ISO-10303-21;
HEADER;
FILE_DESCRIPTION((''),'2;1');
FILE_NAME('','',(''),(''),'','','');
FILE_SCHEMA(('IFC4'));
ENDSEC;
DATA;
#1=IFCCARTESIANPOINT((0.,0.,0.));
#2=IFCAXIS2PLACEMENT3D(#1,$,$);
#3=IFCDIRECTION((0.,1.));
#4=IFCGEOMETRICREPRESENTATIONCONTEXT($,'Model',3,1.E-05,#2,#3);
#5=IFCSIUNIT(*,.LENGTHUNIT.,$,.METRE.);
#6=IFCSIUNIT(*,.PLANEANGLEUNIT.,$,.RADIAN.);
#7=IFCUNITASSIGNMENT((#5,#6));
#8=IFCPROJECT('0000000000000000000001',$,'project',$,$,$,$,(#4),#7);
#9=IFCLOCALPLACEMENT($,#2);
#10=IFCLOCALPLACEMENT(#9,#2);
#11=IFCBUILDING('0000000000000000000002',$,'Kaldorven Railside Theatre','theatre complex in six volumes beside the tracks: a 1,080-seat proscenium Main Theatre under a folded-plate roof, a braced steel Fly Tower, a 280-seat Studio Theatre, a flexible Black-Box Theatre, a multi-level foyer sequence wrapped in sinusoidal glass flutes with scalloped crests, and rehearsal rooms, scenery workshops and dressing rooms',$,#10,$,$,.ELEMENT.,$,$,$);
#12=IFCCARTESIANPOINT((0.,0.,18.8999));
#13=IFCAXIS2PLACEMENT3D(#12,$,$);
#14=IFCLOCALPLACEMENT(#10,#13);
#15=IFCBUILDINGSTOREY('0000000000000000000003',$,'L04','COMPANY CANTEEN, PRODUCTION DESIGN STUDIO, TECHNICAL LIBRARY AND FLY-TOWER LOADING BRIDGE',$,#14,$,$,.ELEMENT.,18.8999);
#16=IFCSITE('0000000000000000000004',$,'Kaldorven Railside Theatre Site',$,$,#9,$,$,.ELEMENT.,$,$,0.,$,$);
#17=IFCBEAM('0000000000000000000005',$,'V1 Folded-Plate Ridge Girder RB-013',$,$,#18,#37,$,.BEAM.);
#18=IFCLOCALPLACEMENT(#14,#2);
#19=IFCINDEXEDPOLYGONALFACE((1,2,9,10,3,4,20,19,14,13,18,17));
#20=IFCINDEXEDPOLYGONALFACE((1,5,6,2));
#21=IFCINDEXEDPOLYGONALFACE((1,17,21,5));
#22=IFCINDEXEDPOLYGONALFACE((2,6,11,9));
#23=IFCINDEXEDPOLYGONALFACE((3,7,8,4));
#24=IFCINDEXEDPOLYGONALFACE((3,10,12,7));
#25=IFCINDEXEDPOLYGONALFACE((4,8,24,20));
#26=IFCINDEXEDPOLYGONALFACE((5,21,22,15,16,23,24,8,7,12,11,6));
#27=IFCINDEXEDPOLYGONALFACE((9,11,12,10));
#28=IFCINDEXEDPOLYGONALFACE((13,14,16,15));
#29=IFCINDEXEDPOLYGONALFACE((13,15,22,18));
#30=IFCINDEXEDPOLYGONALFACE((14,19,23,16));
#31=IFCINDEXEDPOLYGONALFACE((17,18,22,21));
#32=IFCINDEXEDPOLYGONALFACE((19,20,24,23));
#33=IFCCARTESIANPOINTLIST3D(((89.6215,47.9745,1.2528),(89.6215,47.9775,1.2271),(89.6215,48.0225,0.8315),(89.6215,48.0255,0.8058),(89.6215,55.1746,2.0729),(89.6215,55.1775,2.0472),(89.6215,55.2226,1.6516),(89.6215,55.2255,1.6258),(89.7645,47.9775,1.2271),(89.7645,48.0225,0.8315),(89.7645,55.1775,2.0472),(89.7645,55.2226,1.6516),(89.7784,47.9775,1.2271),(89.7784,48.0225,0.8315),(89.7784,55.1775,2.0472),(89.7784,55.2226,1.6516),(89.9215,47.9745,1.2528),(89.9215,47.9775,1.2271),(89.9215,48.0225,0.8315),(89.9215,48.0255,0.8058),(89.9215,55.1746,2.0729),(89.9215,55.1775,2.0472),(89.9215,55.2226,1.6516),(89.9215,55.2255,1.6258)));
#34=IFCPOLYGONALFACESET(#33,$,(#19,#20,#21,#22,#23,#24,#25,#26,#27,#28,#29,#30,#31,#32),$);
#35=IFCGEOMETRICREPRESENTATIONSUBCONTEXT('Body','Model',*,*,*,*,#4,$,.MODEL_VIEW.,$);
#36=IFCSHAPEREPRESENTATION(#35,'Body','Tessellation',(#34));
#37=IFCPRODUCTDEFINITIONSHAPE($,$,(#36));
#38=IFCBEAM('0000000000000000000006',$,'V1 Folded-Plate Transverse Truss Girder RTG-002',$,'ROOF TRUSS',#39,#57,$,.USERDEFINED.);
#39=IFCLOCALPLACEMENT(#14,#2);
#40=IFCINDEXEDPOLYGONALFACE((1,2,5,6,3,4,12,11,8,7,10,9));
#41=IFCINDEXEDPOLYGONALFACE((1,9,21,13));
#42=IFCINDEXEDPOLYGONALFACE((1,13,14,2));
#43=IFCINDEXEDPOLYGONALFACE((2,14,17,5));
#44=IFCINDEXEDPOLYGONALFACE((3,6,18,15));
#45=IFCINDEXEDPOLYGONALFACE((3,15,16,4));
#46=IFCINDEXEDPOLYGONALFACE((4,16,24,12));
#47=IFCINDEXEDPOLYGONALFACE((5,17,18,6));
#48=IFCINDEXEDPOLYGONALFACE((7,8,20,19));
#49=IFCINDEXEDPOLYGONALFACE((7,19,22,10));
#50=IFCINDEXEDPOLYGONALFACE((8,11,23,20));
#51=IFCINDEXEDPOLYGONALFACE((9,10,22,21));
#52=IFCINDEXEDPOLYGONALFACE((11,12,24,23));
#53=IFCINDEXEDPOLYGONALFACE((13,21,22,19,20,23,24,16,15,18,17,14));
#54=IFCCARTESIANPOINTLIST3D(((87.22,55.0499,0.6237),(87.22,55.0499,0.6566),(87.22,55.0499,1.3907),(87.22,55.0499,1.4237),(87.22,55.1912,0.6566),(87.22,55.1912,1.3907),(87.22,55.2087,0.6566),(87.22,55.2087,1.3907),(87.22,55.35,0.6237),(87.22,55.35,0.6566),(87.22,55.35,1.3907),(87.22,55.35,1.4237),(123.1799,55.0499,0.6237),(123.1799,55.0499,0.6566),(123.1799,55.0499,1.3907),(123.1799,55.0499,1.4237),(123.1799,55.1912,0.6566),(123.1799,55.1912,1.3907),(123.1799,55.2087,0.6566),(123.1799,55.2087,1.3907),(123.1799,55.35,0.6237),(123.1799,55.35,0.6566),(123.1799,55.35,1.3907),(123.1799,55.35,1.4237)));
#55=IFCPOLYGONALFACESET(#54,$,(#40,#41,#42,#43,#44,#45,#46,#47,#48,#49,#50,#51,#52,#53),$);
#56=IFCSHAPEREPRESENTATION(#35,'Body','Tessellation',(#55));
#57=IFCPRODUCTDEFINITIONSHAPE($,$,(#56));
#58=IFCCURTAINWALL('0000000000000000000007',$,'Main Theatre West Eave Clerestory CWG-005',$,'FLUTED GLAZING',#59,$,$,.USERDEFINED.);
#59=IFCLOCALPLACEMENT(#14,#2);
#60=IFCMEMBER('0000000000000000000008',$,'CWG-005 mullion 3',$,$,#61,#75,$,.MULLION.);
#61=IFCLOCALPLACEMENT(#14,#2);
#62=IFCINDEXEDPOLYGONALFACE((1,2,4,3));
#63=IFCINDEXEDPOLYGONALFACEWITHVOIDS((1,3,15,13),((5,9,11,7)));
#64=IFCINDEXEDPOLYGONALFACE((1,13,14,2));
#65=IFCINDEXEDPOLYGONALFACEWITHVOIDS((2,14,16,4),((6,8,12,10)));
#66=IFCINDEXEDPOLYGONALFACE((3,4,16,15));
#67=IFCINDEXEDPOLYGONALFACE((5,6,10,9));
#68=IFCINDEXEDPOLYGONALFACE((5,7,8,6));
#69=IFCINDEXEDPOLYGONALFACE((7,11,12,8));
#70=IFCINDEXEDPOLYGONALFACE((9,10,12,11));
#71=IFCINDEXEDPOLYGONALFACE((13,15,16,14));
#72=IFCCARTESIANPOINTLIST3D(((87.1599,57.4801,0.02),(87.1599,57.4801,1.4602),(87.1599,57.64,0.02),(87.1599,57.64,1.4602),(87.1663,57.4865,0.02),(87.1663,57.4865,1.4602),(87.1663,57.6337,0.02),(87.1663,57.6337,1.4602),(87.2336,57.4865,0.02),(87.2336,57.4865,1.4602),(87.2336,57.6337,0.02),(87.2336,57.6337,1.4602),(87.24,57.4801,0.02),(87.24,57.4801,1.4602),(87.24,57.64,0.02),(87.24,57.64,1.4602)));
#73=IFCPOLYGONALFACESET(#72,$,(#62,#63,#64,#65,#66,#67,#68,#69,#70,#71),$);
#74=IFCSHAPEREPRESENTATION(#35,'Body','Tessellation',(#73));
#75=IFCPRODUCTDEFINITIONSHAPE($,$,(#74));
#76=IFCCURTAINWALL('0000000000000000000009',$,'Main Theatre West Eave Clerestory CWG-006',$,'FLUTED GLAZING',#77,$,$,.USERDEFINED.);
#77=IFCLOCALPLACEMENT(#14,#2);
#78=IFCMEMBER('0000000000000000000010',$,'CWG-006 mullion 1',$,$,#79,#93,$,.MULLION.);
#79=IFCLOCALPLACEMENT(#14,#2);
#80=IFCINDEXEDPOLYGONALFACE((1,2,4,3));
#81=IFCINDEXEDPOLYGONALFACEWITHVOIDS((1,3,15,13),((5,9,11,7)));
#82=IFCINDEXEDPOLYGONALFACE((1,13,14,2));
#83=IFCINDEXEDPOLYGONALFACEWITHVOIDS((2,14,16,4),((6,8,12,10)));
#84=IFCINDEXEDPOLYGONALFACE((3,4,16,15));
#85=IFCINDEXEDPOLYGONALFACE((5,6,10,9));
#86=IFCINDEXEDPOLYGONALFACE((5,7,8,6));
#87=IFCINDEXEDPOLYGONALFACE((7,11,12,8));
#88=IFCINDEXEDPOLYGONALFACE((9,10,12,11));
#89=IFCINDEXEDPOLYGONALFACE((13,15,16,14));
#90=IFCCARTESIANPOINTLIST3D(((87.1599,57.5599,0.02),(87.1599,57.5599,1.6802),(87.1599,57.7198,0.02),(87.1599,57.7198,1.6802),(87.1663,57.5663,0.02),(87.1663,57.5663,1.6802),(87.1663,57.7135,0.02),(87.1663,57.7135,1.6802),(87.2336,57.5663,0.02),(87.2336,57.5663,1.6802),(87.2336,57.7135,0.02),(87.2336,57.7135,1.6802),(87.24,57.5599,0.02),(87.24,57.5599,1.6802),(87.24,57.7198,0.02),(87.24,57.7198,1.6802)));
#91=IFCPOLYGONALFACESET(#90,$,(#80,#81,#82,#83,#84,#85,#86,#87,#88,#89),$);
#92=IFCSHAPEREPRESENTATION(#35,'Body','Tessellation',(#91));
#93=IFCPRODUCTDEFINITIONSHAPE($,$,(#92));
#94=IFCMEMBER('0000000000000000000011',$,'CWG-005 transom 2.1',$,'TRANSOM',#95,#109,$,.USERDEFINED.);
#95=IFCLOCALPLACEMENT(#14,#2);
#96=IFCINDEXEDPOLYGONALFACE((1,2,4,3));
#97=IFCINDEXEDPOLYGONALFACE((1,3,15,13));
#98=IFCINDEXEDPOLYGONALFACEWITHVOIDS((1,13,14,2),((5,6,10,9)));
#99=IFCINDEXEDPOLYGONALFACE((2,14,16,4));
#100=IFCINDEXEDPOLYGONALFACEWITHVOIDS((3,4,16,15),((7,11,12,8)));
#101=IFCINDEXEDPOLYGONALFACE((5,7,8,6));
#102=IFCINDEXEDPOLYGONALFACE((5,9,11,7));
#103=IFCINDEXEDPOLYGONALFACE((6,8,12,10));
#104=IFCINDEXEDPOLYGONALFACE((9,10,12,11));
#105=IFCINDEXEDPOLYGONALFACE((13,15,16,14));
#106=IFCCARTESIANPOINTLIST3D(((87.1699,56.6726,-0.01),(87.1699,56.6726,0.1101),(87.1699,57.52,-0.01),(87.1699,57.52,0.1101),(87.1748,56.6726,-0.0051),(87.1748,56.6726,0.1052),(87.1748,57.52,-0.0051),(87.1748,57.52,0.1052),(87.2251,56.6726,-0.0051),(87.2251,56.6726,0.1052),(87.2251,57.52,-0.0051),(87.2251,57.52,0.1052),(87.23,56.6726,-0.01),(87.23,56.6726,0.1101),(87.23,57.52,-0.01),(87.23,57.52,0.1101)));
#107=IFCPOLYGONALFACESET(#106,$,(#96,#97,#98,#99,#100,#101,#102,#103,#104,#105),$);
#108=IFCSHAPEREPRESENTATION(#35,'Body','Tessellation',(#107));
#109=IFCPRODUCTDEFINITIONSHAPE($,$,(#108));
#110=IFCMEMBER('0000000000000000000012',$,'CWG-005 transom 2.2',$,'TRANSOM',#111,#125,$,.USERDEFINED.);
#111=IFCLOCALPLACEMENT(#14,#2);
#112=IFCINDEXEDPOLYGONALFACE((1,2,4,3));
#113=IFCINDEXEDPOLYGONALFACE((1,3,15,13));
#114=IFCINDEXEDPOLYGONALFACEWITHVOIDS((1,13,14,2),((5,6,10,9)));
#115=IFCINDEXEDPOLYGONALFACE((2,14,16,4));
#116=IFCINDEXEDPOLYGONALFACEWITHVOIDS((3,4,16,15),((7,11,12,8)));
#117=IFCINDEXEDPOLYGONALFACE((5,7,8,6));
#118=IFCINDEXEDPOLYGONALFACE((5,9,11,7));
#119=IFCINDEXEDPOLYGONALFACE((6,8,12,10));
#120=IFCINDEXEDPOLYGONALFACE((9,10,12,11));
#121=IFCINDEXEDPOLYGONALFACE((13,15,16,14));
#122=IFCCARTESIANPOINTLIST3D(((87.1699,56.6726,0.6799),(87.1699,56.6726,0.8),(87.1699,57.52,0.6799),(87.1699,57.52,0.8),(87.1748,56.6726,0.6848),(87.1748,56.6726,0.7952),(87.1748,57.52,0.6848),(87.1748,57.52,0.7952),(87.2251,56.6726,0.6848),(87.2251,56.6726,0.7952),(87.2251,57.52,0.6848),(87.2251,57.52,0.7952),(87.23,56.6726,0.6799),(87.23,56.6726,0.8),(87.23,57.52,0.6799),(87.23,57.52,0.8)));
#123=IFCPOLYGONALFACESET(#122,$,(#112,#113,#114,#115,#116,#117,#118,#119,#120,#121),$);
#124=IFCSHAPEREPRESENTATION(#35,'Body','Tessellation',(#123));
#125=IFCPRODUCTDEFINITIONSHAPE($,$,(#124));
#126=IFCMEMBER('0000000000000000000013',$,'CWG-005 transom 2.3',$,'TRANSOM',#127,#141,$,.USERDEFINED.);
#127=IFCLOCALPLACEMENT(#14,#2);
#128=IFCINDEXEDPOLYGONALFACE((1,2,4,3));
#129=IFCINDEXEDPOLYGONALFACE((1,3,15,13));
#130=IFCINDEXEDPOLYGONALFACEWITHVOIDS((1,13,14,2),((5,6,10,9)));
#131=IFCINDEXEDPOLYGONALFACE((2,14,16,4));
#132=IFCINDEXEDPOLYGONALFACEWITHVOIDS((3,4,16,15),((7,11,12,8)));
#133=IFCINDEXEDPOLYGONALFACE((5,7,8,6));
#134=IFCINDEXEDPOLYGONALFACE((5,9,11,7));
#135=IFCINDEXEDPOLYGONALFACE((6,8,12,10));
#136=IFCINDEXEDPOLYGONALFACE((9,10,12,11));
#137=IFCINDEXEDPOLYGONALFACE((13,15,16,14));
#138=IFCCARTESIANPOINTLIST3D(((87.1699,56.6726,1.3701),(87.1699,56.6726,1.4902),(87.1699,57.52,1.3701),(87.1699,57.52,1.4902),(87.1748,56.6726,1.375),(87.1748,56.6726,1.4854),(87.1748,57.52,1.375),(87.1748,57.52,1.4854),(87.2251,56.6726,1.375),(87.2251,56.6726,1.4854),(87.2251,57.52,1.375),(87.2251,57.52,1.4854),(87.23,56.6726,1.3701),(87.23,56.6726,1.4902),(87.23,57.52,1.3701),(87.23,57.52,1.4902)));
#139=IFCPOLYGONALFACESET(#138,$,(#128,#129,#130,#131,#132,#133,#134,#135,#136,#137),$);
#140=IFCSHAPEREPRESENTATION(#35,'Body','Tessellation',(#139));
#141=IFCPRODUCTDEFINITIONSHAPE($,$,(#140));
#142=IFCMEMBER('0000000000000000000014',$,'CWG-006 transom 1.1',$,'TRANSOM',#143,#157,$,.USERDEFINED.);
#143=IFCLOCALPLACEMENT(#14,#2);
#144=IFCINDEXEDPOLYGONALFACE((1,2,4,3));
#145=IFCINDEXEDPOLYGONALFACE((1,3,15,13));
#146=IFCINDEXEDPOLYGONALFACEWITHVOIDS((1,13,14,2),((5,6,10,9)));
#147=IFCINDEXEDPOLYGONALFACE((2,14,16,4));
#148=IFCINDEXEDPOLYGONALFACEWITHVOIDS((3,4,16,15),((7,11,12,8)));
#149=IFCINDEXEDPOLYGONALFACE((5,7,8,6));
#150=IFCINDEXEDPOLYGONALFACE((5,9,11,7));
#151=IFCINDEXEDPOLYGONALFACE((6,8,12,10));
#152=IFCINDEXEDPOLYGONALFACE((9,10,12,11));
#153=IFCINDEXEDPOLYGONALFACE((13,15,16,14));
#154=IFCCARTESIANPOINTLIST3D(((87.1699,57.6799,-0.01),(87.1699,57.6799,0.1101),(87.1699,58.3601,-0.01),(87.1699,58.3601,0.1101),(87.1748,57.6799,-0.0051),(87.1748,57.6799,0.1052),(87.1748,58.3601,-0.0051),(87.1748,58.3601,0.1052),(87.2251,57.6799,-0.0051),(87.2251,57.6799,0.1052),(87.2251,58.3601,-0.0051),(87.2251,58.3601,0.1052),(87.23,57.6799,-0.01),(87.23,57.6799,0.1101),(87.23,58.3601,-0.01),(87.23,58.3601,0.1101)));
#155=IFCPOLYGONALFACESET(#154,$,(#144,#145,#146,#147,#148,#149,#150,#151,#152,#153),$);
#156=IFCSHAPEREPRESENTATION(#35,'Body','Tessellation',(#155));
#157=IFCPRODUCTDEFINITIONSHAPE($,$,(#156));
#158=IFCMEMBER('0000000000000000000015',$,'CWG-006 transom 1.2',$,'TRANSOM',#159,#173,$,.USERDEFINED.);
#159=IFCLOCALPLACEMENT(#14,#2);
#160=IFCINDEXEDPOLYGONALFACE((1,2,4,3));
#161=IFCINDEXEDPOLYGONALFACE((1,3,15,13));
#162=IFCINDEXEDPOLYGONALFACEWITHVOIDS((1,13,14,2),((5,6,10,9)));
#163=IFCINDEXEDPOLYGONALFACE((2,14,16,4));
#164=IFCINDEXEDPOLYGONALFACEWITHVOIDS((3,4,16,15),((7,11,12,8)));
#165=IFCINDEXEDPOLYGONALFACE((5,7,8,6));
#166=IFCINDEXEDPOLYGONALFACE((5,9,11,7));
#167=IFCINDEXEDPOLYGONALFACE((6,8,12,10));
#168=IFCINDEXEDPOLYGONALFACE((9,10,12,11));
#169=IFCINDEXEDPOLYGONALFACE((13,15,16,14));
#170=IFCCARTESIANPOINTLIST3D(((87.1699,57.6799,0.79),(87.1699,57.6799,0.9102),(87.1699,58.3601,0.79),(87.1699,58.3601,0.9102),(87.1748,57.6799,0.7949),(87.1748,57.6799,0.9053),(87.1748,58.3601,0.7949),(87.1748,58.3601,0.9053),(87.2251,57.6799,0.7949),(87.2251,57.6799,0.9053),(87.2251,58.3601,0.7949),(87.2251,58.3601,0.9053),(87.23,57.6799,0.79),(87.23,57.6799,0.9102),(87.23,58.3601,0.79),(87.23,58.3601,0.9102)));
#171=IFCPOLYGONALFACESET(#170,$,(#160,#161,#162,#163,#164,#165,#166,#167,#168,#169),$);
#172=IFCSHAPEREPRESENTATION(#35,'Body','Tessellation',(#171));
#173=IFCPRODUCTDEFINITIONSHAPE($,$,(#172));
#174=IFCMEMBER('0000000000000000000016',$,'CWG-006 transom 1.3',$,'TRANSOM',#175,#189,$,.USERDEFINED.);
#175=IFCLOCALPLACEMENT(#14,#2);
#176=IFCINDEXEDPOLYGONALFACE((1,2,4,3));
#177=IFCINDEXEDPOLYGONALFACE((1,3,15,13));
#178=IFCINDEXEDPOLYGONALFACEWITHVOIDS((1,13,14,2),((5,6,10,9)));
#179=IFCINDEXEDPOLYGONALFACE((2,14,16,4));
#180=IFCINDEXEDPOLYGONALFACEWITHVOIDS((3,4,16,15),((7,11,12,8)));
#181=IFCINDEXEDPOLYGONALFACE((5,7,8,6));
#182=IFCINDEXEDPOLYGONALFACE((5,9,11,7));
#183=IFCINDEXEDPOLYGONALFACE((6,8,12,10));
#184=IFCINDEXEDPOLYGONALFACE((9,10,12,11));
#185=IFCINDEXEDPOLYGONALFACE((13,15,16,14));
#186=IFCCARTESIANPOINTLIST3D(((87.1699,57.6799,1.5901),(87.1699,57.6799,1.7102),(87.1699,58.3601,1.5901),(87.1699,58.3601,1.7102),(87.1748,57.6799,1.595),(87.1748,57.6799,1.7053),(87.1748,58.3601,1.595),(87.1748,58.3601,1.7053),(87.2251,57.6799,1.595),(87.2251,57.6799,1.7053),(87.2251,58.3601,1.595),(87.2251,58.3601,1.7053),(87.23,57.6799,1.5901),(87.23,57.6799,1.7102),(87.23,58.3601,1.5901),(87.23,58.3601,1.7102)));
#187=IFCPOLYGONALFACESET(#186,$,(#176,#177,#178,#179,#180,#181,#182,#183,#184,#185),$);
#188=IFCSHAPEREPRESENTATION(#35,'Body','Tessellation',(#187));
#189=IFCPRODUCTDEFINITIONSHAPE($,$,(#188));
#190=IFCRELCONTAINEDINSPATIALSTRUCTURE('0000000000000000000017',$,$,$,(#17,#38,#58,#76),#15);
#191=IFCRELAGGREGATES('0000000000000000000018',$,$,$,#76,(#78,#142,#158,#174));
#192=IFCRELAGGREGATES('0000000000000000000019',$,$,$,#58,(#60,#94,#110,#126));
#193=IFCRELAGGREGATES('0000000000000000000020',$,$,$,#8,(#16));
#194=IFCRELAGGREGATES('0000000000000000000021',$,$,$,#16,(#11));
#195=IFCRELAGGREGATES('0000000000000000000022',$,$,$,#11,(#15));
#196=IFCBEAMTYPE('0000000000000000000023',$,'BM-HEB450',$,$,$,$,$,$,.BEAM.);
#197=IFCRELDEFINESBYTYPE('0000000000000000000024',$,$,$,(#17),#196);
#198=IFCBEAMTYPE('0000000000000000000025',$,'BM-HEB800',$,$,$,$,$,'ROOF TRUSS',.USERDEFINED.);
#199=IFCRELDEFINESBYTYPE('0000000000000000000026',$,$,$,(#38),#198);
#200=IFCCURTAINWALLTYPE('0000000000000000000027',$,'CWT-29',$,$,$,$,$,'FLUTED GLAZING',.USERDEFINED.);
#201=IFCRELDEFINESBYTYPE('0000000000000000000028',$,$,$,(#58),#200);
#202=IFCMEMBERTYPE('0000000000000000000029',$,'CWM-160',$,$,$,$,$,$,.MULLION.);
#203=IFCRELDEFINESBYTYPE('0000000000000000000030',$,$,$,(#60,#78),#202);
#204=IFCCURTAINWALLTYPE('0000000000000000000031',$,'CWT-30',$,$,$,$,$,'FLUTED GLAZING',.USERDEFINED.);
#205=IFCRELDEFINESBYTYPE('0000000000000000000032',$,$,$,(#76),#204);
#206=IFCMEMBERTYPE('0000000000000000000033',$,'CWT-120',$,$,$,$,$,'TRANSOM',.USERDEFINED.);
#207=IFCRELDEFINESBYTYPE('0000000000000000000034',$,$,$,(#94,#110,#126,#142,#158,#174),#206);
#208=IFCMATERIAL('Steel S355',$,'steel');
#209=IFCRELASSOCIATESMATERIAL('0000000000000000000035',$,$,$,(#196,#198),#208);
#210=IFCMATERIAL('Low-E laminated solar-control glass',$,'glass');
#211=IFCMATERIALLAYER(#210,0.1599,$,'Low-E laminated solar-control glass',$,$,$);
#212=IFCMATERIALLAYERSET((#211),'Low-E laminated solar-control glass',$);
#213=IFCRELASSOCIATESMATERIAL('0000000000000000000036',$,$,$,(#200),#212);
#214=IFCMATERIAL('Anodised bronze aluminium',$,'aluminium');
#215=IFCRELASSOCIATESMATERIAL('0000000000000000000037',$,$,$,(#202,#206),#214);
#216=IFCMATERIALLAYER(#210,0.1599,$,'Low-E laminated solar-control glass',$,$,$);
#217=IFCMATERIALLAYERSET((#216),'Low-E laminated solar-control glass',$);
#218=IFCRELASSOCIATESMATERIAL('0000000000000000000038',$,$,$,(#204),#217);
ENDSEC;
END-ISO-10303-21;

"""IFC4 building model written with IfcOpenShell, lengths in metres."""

from ifc_helpers import new_model, si_unit, direction, frame, origin, origin_2d, place, context, subcontext, project, spatial, hollow_rectangle, i_section, extrude, material, layer, layer_set, material_profile, profile_set, type_object, element, aggregate, save


model = new_model("IFC4")

# Units and contexts
model_context = context("Model", 3, precision=1e-05, world=origin(), true_north=direction((0.0, 1.0)))
body_context = subcontext(model_context, "Body", "Model", "MODEL_VIEW")
ifc_project = project(units=[si_unit("LENGTHUNIT", "METRE"), si_unit("PLANEANGLEUNIT", "RADIAN")], contexts=[model_context])

# Site, building, storey
site_placement = place(None, origin())
site = spatial("IfcSite", under=ifc_project, at=site_placement, Name="Kaldorven Railside Theatre Site", CompositionType="ELEMENT", RefElevation=0.0)
building_placement = place(site_placement, origin())
building = spatial("IfcBuilding", under=site, at=building_placement, Name="Kaldorven Railside Theatre", Description="theatre complex in six volumes beside the tracks: a 1,080-seat proscenium Main Theatre under a folded-plate roof, a braced steel Fly Tower, a 280-seat Studio Theatre, a flexible Black-Box Theatre, a multi-level foyer sequence wrapped in sinusoidal glass flutes with scalloped crests, and rehearsal rooms, scenery workshops and dressing rooms", CompositionType="ELEMENT")
storey_placement = place(building_placement, frame((0.0, 0.0, 18.8999)))
storey = spatial("IfcBuildingStorey", under=building, at=storey_placement, Name="L04", Description="COMPANY CANTEEN, PRODUCTION DESIGN STUDIO, TECHNICAL LIBRARY AND FLY-TOWER LOADING BRIDGE", CompositionType="ELEMENT", Elevation=18.8999)

# Beams
ifc_material_1 = material(Name="Steel S355", Category="steel")
ifc_material_profile_1 = material_profile(ifc_material_1, i_section(OverallWidth=0.3, OverallDepth=0.45, WebThickness=0.0139, FlangeThickness=0.0259, at=origin_2d()), Name="HEB 450")
ifc_profile_set_1 = profile_set([ifc_material_profile_1], Name="Steel S355")
beam_type_1 = type_object("IfcBeamType", Name="BM-HEB450", PredefinedType="BEAM", material=ifc_profile_set_1)
beam_1_placement = place(storey_placement, frame((89.7715, 48.0, 1.0293), z_axis=(0.0, 0.993576, 0.113167), x_axis=(-1.0, 0.0, 0.0)))
element("IfcBeam", 1, at=beam_1_placement, inside=storey, type_object=beam_type_1, Name="V1 Folded-Plate Ridge Girder RB-013", PredefinedType="BEAM", context=body_context, shape_type="SweptSolid", body=[
    extrude(i_section(OverallWidth=0.3, OverallDepth=0.45, WebThickness=0.0139, FlangeThickness=0.0259, at=origin_2d()), origin(), (0.0, 0.0, 1.0), 7.2466),
])
ifc_material_profile_2 = material_profile(ifc_material_1, i_section(OverallWidth=0.3, OverallDepth=0.8, WebThickness=0.0176, FlangeThickness=0.033, at=origin_2d()), Name="HEB 800")
ifc_profile_set_2 = profile_set([ifc_material_profile_2], Name="Steel S355")
beam_type_2 = type_object("IfcBeamType", Name="BM-HEB800", ElementType="ROOF TRUSS", PredefinedType="USERDEFINED", material=ifc_profile_set_2)
beam_2_placement = place(storey_placement, frame((87.22, 55.2, 1.0237), z_axis=(1.0, 0.0, 0.0), x_axis=(0.0, 1.0, 0.0)))
element("IfcBeam", 2, at=beam_2_placement, inside=storey, type_object=beam_type_2, Name="V1 Folded-Plate Transverse Truss Girder RTG-002", ObjectType="ROOF TRUSS", PredefinedType="USERDEFINED", context=body_context, shape_type="SweptSolid", body=[
    extrude(i_section(OverallWidth=0.3, OverallDepth=0.8, WebThickness=0.0176, FlangeThickness=0.033, at=origin_2d()), origin(), (0.0, 0.0, 1.0), 35.96),
])

# Curtain walls, members
ifc_material_2 = material(Name="Low-E laminated solar-control glass", Category="glass")
ifc_layer_1 = layer(ifc_material_2, 0.1599, Name="Low-E laminated solar-control glass")
ifc_layer_set_1 = layer_set([ifc_layer_1], Name="Low-E laminated solar-control glass")
curtain_wall_type_1 = type_object("IfcCurtainWallType", Name="CWT-29", ElementType="FLUTED GLAZING", PredefinedType="USERDEFINED", material=ifc_layer_set_1)
curtain_wall_1_placement = place(storey_placement, origin())
curtain_wall_1 = element("IfcCurtainWall", 3, at=curtain_wall_1_placement, inside=storey, type_object=curtain_wall_type_1, Name="Main Theatre West Eave Clerestory CWG-005", ObjectType="FLUTED GLAZING", PredefinedType="USERDEFINED")
ifc_material_3 = material(Name="Anodised bronze aluminium", Category="aluminium")
ifc_material_profile_3 = material_profile(ifc_material_3, hollow_rectangle(XDim=0.0801, YDim=0.1599, WallThickness=0.0063, at=origin_2d()), Name="RHS 160x80x6.3")
ifc_profile_set_3 = profile_set([ifc_material_profile_3], Name="Anodised bronze aluminium")
member_type_1 = type_object("IfcMemberType", Name="CWM-160", PredefinedType="MULLION", material=ifc_profile_set_3)
member_1_placement = place(storey_placement, frame((87.2, 57.5601, 0.02), z_axis=(0.0, 0.0, 1.0), x_axis=(-1.0, 0.0, 0.0)))
member_1 = element("IfcMember", 4, at=member_1_placement, type_object=member_type_1, Name="CWG-005 mullion 3", PredefinedType="MULLION", context=body_context, shape_type="SweptSolid", body=[
    extrude(hollow_rectangle(XDim=0.0801, YDim=0.1599, WallThickness=0.0063, at=origin_2d()), origin(), (0.0, 0.0, 1.0), 1.4402),
])
ifc_layer_2 = layer(ifc_material_2, 0.1599, Name="Low-E laminated solar-control glass")
ifc_layer_set_2 = layer_set([ifc_layer_2], Name="Low-E laminated solar-control glass")
curtain_wall_type_2 = type_object("IfcCurtainWallType", Name="CWT-30", ElementType="FLUTED GLAZING", PredefinedType="USERDEFINED", material=ifc_layer_set_2)
curtain_wall_2_placement = place(storey_placement, origin())
curtain_wall_2 = element("IfcCurtainWall", 5, at=curtain_wall_2_placement, inside=storey, type_object=curtain_wall_type_2, Name="Main Theatre West Eave Clerestory CWG-006", ObjectType="FLUTED GLAZING", PredefinedType="USERDEFINED")
member_2_placement = place(storey_placement, frame((87.2, 57.6399, 0.02), z_axis=(0.0, 0.0, 1.0), x_axis=(-1.0, 0.0, 0.0)))
member_2 = element("IfcMember", 6, at=member_2_placement, type_object=member_type_1, Name="CWG-006 mullion 1", PredefinedType="MULLION", context=body_context, shape_type="SweptSolid", body=[
    extrude(hollow_rectangle(XDim=0.0801, YDim=0.1599, WallThickness=0.0063, at=origin_2d()), origin(), (0.0, 0.0, 1.0), 1.6602),
])

# Members
ifc_material_profile_4 = material_profile(ifc_material_3, hollow_rectangle(XDim=0.0601, YDim=0.1201, WallThickness=0.0049, at=origin_2d()), Name="RHS 120x60x5")
ifc_profile_set_4 = profile_set([ifc_material_profile_4], Name="Anodised bronze aluminium")
member_type_2 = type_object("IfcMemberType", Name="CWT-120", ElementType="TRANSOM", PredefinedType="USERDEFINED", material=ifc_profile_set_4)
member_3_placement = place(storey_placement, frame((87.2, 56.6726, 0.05), z_axis=(0.0, 1.0, 0.0), x_axis=(-1.0, 0.0, 0.0)))
member_3 = element("IfcMember", 7, at=member_3_placement, type_object=member_type_2, Name="CWG-005 transom 2.1", ObjectType="TRANSOM", PredefinedType="USERDEFINED", context=body_context, shape_type="SweptSolid", body=[
    extrude(hollow_rectangle(XDim=0.0601, YDim=0.1201, WallThickness=0.0049, at=origin_2d()), origin(), (0.0, 0.0, 1.0), 0.8474),
])
member_4_placement = place(storey_placement, frame((87.2, 56.6726, 0.74), z_axis=(0.0, 1.0, 0.0), x_axis=(-1.0, 0.0, 0.0)))
member_4 = element("IfcMember", 8, at=member_4_placement, type_object=member_type_2, Name="CWG-005 transom 2.2", ObjectType="TRANSOM", PredefinedType="USERDEFINED", context=body_context, shape_type="SweptSolid", body=[
    extrude(hollow_rectangle(XDim=0.0601, YDim=0.1201, WallThickness=0.0049, at=origin_2d()), origin(), (0.0, 0.0, 1.0), 0.8474),
])
member_5_placement = place(storey_placement, frame((87.2, 56.6726, 1.4302), z_axis=(0.0, 1.0, 0.0), x_axis=(-1.0, 0.0, 0.0)))
member_5 = element("IfcMember", 9, at=member_5_placement, type_object=member_type_2, Name="CWG-005 transom 2.3", ObjectType="TRANSOM", PredefinedType="USERDEFINED", context=body_context, shape_type="SweptSolid", body=[
    extrude(hollow_rectangle(XDim=0.0601, YDim=0.1201, WallThickness=0.0049, at=origin_2d()), origin(), (0.0, 0.0, 1.0), 0.8474),
])
member_6_placement = place(storey_placement, frame((87.2, 57.6799, 0.05), z_axis=(0.0, 1.0, 0.0), x_axis=(-1.0, 0.0, 0.0)))
member_6 = element("IfcMember", 10, at=member_6_placement, type_object=member_type_2, Name="CWG-006 transom 1.1", ObjectType="TRANSOM", PredefinedType="USERDEFINED", context=body_context, shape_type="SweptSolid", body=[
    extrude(hollow_rectangle(XDim=0.0601, YDim=0.1201, WallThickness=0.0049, at=origin_2d()), origin(), (0.0, 0.0, 1.0), 0.6802),
])
member_7_placement = place(storey_placement, frame((87.2, 57.6799, 0.8501), z_axis=(0.0, 1.0, 0.0), x_axis=(-1.0, 0.0, 0.0)))
member_7 = element("IfcMember", 11, at=member_7_placement, type_object=member_type_2, Name="CWG-006 transom 1.2", ObjectType="TRANSOM", PredefinedType="USERDEFINED", context=body_context, shape_type="SweptSolid", body=[
    extrude(hollow_rectangle(XDim=0.0601, YDim=0.1201, WallThickness=0.0049, at=origin_2d()), origin(), (0.0, 0.0, 1.0), 0.6802),
])
member_8_placement = place(storey_placement, frame((87.2, 57.6799, 1.6501), z_axis=(0.0, 1.0, 0.0), x_axis=(-1.0, 0.0, 0.0)))
member_8 = element("IfcMember", 12, at=member_8_placement, type_object=member_type_2, Name="CWG-006 transom 1.3", ObjectType="TRANSOM", PredefinedType="USERDEFINED", context=body_context, shape_type="SweptSolid", body=[
    extrude(hollow_rectangle(XDim=0.0601, YDim=0.1201, WallThickness=0.0049, at=origin_2d()), origin(), (0.0, 0.0, 1.0), 0.6802),
])
aggregate(curtain_wall_2, [member_2, member_6, member_7, member_8])

aggregate(curtain_wall_1, [member_1, member_3, member_4, member_5])

save(model, "model.ifc")
